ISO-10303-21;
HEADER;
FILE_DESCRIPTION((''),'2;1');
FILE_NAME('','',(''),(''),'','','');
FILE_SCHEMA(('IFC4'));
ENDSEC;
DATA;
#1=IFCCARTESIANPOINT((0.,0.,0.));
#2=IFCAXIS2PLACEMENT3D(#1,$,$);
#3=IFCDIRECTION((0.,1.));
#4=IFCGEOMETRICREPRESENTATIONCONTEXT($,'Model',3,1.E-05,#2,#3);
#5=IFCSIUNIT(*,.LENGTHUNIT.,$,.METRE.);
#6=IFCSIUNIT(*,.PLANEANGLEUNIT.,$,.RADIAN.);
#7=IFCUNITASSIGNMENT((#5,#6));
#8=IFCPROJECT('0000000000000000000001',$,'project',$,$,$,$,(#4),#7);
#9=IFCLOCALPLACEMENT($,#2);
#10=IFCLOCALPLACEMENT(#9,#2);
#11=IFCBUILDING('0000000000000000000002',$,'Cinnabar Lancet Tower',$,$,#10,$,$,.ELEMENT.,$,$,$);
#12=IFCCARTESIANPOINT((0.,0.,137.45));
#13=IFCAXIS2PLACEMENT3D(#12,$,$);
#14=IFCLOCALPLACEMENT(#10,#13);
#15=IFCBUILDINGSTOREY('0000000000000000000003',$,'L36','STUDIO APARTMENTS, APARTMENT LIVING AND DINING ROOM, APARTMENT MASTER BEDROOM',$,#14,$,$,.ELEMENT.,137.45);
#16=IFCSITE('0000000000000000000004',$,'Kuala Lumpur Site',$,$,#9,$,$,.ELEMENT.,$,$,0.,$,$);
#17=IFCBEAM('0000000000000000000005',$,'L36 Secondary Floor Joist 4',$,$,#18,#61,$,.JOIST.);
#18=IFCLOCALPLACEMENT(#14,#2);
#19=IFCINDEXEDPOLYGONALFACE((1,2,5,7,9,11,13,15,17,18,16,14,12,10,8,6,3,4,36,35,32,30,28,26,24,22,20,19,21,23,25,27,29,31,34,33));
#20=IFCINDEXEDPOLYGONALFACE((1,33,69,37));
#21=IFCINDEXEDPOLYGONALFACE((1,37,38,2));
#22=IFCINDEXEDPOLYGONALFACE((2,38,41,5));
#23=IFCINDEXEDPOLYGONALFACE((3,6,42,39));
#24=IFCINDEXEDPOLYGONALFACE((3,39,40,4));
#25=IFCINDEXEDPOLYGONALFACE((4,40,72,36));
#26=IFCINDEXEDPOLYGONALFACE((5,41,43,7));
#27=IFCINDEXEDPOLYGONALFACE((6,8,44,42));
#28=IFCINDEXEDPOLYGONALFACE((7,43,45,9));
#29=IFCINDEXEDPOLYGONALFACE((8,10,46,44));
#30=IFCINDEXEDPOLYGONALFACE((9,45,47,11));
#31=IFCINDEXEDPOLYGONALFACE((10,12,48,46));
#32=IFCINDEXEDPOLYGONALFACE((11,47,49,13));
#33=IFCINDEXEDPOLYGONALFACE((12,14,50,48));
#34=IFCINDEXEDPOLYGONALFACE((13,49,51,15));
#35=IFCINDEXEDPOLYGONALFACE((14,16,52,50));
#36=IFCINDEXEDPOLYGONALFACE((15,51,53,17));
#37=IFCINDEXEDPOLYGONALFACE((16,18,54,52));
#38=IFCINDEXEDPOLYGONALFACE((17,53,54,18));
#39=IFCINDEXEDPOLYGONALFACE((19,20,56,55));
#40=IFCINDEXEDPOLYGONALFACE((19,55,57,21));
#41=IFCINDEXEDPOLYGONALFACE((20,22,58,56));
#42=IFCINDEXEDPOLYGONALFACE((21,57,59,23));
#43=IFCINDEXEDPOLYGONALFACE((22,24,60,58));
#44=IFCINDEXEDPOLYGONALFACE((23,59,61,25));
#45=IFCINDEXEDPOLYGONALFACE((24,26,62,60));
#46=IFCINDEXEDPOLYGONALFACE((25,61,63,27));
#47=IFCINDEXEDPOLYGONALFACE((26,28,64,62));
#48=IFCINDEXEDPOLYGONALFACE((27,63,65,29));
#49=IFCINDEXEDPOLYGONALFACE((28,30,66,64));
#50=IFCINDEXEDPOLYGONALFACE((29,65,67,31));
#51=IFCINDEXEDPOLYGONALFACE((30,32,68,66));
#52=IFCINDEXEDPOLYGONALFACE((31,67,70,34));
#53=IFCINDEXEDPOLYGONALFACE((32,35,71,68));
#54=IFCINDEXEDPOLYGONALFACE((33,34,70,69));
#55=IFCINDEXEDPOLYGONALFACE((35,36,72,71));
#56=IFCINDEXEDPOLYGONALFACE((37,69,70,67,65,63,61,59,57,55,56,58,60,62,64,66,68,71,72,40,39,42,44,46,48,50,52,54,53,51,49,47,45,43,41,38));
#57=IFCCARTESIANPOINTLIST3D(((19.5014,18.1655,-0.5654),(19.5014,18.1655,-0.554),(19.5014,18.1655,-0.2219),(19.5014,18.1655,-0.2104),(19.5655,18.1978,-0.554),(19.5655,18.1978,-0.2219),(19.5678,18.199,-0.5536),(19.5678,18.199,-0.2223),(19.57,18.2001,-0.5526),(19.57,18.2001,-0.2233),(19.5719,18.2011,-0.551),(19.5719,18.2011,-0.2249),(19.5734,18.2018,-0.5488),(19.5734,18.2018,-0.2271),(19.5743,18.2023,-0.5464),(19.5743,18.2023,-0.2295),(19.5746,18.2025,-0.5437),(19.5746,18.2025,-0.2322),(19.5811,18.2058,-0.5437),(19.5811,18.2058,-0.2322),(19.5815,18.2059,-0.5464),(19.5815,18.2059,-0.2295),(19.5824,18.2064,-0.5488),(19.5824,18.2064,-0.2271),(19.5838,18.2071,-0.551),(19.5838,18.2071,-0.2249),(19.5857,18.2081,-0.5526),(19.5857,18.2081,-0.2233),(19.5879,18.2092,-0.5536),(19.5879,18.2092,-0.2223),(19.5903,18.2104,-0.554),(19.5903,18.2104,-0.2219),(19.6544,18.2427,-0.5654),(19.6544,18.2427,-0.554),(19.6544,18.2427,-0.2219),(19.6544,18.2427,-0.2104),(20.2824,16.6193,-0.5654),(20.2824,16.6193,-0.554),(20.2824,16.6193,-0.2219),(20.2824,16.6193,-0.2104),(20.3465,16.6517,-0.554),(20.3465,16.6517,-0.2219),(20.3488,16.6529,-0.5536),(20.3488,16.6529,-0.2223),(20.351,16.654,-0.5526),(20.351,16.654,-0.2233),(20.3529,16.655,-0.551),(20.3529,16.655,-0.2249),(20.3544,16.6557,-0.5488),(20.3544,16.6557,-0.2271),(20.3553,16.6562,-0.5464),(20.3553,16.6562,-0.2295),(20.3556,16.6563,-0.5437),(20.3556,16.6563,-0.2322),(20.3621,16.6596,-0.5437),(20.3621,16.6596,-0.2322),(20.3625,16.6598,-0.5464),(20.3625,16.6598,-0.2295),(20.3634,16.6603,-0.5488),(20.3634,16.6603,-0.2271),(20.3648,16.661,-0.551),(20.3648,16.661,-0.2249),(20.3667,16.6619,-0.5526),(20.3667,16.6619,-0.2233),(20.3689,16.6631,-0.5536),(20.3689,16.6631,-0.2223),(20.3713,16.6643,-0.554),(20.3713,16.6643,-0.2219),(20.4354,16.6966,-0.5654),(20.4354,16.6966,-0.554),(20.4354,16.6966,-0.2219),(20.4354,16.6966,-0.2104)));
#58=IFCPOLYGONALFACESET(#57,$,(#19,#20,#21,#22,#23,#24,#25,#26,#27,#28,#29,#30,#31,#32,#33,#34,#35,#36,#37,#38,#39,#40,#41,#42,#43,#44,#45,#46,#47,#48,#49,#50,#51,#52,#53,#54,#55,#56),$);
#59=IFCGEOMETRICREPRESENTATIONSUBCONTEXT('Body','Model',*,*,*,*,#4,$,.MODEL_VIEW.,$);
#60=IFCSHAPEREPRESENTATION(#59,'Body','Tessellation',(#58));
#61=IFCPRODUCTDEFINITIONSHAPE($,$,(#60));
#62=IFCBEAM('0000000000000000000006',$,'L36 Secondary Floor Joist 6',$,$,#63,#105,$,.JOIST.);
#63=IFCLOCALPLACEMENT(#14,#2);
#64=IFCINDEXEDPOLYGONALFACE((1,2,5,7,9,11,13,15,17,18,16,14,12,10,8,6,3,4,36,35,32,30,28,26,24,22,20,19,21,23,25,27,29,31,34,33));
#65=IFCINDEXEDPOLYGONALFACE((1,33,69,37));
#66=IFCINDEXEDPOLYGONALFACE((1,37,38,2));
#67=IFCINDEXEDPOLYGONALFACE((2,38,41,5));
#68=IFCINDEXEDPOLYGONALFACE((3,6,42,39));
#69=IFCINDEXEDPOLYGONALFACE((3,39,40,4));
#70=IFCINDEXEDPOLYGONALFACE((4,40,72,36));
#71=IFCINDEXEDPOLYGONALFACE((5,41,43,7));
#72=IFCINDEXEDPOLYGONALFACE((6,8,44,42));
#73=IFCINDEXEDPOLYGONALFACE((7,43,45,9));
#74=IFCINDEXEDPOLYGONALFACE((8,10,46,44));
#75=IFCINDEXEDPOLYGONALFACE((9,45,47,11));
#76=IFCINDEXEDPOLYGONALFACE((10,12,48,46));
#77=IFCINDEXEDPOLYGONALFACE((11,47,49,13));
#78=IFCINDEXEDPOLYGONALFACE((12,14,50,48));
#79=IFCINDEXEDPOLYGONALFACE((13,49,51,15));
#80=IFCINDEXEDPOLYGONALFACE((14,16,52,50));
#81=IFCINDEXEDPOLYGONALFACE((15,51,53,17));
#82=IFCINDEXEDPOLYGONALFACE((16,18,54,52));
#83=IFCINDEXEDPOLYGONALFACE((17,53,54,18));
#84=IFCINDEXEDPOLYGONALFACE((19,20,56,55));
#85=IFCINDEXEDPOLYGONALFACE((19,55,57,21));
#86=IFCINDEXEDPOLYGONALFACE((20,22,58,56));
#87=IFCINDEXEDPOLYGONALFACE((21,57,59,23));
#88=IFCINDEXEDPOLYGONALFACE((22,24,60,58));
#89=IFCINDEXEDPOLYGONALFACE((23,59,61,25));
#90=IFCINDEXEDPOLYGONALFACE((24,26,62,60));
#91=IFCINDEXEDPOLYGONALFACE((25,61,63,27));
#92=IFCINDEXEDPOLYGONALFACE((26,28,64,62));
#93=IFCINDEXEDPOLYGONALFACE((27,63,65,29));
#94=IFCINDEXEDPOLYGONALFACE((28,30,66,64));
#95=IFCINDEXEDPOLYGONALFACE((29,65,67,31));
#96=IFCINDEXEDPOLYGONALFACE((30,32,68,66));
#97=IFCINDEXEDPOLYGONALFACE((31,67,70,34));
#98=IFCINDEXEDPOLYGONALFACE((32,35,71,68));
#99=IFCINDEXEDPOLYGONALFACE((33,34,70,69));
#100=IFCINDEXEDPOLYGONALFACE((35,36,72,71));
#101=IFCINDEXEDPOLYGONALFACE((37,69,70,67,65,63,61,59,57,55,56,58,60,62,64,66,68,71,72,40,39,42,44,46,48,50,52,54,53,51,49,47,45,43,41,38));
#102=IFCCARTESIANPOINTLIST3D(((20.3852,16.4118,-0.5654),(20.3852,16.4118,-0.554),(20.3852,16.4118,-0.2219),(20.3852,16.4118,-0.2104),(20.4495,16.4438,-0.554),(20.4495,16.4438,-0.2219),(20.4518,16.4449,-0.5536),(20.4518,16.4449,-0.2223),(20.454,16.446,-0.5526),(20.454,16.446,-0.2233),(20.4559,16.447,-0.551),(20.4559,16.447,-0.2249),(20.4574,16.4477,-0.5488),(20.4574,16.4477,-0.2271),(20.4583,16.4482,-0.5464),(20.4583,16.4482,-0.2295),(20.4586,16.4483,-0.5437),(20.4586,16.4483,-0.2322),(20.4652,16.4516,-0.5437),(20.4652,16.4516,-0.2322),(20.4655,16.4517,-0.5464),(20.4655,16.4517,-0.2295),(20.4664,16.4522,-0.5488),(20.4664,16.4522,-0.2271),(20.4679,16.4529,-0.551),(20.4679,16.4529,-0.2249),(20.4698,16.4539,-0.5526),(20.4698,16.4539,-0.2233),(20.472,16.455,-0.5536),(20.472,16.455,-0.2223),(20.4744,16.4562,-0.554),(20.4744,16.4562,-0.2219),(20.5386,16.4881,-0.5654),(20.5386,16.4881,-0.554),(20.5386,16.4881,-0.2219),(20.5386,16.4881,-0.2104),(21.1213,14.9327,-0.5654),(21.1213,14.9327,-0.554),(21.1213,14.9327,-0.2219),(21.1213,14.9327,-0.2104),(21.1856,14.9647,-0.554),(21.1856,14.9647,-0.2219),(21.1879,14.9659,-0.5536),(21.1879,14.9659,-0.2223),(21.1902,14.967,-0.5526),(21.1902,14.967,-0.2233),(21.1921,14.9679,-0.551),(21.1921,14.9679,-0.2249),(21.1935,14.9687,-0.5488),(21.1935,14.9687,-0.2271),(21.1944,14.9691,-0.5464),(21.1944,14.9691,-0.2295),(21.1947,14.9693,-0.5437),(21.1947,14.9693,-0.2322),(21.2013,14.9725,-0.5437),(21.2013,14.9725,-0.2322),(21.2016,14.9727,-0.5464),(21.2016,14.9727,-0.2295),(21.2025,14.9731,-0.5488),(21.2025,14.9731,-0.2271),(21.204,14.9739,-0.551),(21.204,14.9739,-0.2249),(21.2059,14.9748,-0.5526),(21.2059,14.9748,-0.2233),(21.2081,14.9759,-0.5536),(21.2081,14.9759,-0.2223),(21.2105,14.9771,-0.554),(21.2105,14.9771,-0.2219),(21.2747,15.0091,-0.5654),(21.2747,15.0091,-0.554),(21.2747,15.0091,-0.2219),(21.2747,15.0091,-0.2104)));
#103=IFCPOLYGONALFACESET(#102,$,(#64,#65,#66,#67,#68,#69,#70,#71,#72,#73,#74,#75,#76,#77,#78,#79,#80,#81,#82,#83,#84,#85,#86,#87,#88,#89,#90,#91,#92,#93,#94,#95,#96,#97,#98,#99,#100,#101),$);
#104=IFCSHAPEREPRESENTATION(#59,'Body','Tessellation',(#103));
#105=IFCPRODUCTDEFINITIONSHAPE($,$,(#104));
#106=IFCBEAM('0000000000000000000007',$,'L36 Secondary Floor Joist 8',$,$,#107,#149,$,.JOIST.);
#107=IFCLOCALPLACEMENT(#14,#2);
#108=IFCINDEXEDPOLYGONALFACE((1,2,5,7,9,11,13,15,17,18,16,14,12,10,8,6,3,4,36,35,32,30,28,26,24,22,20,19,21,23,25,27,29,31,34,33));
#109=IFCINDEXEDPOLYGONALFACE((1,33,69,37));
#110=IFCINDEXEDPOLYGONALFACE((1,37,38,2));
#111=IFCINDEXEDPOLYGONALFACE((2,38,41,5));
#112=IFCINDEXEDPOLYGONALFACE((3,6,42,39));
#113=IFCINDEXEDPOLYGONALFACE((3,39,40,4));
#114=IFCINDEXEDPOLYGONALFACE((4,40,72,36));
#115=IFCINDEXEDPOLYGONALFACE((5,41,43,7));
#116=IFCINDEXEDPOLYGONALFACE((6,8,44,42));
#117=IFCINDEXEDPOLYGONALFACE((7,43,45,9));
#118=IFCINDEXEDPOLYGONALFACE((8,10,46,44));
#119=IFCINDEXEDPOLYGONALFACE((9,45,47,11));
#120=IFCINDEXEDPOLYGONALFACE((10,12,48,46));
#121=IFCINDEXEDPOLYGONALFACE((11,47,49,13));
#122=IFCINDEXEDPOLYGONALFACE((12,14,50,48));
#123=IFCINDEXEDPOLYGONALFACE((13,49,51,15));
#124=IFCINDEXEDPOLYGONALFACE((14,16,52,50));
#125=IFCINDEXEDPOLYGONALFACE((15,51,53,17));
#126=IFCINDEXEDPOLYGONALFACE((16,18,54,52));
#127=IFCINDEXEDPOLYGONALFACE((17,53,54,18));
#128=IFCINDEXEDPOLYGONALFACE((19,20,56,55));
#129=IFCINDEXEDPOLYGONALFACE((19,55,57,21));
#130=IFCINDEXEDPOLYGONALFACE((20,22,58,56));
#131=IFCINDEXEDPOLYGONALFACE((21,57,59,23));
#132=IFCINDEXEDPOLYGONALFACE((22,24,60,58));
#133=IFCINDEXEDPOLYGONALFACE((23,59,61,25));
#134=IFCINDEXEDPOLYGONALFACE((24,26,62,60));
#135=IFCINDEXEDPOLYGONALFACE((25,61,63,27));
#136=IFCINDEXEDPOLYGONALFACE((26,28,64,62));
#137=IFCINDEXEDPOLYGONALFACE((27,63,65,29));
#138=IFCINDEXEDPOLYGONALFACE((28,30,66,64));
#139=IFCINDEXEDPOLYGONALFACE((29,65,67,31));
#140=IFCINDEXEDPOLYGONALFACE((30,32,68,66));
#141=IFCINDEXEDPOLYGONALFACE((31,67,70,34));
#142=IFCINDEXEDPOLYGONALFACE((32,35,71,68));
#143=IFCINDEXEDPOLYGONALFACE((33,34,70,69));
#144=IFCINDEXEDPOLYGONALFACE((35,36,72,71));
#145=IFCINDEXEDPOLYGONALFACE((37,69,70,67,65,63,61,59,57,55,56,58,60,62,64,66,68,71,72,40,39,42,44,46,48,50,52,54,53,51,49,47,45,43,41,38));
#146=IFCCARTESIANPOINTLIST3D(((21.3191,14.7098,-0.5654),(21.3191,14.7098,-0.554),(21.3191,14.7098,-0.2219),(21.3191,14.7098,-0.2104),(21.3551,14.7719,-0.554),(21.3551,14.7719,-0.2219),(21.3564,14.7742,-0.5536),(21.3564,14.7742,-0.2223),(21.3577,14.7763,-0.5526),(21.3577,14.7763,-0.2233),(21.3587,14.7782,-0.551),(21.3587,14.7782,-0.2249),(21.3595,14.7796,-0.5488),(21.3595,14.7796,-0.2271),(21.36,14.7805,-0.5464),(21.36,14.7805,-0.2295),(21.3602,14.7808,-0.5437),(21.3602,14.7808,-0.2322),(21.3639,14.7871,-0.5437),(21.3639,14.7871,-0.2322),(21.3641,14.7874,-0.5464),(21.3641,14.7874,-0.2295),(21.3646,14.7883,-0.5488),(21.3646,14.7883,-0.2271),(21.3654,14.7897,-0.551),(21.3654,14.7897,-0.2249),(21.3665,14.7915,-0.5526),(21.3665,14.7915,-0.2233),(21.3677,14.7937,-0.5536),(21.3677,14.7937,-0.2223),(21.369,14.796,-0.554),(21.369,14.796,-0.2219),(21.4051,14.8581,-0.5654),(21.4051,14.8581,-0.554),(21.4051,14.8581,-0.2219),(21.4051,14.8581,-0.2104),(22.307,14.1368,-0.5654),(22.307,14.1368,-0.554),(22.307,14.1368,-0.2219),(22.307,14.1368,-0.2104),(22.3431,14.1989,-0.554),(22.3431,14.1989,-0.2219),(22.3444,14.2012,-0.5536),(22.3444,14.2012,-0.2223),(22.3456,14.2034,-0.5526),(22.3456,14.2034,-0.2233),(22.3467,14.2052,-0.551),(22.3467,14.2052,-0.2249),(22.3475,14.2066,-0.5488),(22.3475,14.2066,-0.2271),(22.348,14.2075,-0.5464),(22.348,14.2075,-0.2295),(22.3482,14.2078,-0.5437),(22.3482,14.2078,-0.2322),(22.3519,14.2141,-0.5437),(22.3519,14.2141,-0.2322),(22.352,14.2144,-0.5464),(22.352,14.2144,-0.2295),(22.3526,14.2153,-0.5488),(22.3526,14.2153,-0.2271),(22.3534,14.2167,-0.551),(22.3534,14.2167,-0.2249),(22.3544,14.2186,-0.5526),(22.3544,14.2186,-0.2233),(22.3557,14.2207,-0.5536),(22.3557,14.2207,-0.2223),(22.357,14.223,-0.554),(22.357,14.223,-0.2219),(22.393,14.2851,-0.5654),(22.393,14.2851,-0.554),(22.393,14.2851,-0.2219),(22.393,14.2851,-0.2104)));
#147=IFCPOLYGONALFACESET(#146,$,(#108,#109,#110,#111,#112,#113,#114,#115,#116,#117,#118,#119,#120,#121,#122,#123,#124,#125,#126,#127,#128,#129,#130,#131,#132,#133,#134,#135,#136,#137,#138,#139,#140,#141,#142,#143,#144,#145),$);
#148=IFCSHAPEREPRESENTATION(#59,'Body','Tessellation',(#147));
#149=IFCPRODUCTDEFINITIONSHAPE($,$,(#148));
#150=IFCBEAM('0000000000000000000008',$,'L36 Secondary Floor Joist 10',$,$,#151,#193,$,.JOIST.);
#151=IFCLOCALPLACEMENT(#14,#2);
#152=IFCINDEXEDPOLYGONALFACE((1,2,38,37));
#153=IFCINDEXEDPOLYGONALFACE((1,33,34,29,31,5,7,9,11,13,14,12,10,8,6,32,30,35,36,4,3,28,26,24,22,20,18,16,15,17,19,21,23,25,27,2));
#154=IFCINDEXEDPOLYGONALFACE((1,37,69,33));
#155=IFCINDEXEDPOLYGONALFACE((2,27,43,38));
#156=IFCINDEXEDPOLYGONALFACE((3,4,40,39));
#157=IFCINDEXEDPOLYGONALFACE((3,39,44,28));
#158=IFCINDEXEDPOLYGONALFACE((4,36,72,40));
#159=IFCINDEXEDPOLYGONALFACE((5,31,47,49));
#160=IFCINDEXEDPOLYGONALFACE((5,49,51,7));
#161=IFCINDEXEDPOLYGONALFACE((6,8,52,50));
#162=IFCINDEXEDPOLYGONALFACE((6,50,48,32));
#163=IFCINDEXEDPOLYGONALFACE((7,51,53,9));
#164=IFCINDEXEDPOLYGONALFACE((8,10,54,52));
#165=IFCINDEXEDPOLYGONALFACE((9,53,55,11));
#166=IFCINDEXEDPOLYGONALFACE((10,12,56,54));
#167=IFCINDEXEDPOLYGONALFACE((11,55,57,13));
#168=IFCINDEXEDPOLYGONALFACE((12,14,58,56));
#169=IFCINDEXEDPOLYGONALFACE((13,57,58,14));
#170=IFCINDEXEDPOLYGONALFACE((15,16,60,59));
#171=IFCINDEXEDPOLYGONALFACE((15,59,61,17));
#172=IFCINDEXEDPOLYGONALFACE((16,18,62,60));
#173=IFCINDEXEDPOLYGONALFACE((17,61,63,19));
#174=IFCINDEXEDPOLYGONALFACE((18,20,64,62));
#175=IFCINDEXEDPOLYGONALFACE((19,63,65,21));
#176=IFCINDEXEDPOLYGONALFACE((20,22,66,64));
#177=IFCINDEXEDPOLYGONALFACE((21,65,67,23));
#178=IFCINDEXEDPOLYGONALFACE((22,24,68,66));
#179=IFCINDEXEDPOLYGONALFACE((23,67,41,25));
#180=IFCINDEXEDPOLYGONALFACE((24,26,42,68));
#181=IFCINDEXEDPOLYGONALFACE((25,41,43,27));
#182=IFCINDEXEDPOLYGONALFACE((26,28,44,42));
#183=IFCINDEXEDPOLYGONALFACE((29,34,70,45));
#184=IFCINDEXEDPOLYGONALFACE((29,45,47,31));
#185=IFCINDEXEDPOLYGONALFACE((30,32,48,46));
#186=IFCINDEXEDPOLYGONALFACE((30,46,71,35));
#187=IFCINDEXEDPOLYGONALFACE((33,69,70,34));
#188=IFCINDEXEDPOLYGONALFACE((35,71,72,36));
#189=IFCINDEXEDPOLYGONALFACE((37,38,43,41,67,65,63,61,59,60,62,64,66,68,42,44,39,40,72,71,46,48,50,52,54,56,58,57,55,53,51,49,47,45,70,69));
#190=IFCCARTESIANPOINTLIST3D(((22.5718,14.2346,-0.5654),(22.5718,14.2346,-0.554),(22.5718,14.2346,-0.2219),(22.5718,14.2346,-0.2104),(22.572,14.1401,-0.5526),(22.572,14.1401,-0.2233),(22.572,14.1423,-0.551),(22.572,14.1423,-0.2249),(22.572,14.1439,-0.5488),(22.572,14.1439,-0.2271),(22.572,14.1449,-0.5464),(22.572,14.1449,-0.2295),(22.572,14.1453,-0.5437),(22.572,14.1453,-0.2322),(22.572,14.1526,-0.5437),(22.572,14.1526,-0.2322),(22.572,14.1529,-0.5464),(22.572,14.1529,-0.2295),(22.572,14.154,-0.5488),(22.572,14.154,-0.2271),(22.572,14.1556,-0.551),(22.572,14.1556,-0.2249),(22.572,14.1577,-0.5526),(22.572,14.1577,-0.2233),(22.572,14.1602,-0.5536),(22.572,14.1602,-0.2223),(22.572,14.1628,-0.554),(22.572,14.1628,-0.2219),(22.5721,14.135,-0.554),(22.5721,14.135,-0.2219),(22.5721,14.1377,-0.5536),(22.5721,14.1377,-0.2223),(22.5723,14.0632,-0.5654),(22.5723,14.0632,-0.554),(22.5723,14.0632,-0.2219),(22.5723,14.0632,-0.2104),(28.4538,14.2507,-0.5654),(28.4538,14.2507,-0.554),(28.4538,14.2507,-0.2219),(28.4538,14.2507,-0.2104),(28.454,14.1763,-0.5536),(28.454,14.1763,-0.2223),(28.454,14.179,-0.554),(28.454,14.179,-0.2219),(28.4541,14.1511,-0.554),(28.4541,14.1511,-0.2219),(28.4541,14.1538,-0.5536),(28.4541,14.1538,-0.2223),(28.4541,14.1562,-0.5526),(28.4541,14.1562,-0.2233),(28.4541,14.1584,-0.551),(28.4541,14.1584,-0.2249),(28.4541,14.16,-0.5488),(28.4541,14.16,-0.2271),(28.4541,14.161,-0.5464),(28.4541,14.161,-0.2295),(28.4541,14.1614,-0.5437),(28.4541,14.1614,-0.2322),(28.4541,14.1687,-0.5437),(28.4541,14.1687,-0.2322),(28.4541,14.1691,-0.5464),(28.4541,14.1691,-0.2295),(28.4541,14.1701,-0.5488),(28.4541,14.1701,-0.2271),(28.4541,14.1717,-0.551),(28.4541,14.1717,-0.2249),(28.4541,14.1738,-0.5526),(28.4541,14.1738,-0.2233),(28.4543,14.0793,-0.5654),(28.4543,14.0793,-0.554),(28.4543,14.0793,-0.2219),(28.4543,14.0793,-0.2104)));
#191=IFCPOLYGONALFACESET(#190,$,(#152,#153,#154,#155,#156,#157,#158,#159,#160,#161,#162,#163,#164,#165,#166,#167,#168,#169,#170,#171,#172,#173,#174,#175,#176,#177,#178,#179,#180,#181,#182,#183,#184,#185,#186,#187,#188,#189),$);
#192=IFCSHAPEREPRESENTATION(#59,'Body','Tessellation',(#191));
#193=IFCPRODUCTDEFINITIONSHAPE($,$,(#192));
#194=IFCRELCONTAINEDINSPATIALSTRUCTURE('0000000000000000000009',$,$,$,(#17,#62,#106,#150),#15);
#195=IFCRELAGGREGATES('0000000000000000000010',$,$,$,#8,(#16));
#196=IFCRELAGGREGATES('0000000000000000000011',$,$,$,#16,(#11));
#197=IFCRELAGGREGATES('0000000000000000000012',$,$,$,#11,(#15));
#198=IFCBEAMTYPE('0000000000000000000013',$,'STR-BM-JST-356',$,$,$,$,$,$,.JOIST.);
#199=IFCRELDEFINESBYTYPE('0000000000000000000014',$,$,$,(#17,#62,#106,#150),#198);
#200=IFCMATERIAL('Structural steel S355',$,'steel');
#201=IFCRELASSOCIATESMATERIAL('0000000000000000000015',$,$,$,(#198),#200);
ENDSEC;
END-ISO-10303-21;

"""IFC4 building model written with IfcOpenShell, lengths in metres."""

from ifc_helpers import new_model, si_unit, direction, frame, origin, origin_2d, place, context, subcontext, project, spatial, i_section, extrude, material, material_profile, profile_set, type_object, element, save


model = new_model("IFC4")

# Units and contexts
model_context = context("Model", 3, precision=1e-05, world=origin(), true_north=direction((0.0, 1.0)))
body_context = subcontext(model_context, "Body", "Model", "MODEL_VIEW")
ifc_project = project(units=[si_unit("LENGTHUNIT", "METRE"), si_unit("PLANEANGLEUNIT", "RADIAN")], contexts=[model_context])

# Site, building, storey
site_placement = place(None, origin())
site = spatial("IfcSite", under=ifc_project, at=site_placement, Name="Kuala Lumpur Site", CompositionType="ELEMENT", RefElevation=0.0)
building_placement = place(site_placement, origin())
building = spatial("IfcBuilding", under=site, at=building_placement, Name="Cinnabar Lancet Tower", CompositionType="ELEMENT")
storey_placement = place(building_placement, frame((0.0, 0.0, 137.45)))
storey = spatial("IfcBuildingStorey", under=building, at=storey_placement, Name="L36", Description="STUDIO APARTMENTS, APARTMENT LIVING AND DINING ROOM, APARTMENT MASTER BEDROOM", CompositionType="ELEMENT", Elevation=137.45)

# Beams
ifc_material_1 = material(Name="Structural steel S355", Category="steel")
ifc_material_profile = material_profile(ifc_material_1, i_section(OverallWidth=0.1714, OverallDepth=0.355, WebThickness=0.0073, FlangeThickness=0.0115, FilletRadius=0.0103, at=origin_2d()), Name="UKB 356x171x51")
ifc_profile_set = profile_set([ifc_material_profile], Name="Structural steel S355")
beam_type = type_object("IfcBeamType", Name="STR-BM-JST-356", PredefinedType="JOIST", material=ifc_profile_set)
beam_1_placement = place(storey_placement, frame((19.5779, 18.2041, -0.3879), z_axis=(0.450874, -0.892587, 0.0), x_axis=(0.892587, 0.450874, 0.0)))
element("IfcBeam", 1, at=beam_1_placement, inside=storey, type_object=beam_type, Name="L36 Secondary Floor Joist 4", PredefinedType="JOIST", context=body_context, shape_type="SweptSolid", body=[
    extrude(i_section(OverallWidth=0.1714, OverallDepth=0.355, WebThickness=0.0073, FlangeThickness=0.0115, FilletRadius=0.0103, at=origin_2d()), origin(), (0.0, 0.0, 1.0), 1.7322),
])
beam_2_placement = place(storey_placement, frame((20.4619, 16.45, -0.3879), z_axis=(0.445558, -0.895253, 0.0), x_axis=(0.895253, 0.445558, 0.0)))
element("IfcBeam", 2, at=beam_2_placement, inside=storey, type_object=beam_type, Name="L36 Secondary Floor Joist 6", PredefinedType="JOIST", context=body_context, shape_type="SweptSolid", body=[
    extrude(i_section(OverallWidth=0.1714, OverallDepth=0.355, WebThickness=0.0073, FlangeThickness=0.0115, FilletRadius=0.0103, at=origin_2d()), origin(), (0.0, 0.0, 1.0), 1.6521),
])
beam_3_placement = place(storey_placement, frame((21.3621, 14.7839, -0.3879), z_axis=(0.865055, -0.501677, 0.0), x_axis=(0.501677, 0.865055, 0.0)))
element("IfcBeam", 3, at=beam_3_placement, inside=storey, type_object=beam_type, Name="L36 Secondary Floor Joist 8", PredefinedType="JOIST", context=body_context, shape_type="SweptSolid", body=[
    extrude(i_section(OverallWidth=0.1714, OverallDepth=0.355, WebThickness=0.0073, FlangeThickness=0.0115, FilletRadius=0.0103, at=origin_2d()), origin(), (0.0, 0.0, 1.0), 1.1421),
])
beam_4_placement = place(storey_placement, frame((22.572, 14.1489, -0.3879), z_axis=(0.999996, 0.002739, 0.0), x_axis=(-0.002739, 0.999996, 0.0)))
element("IfcBeam", 4, at=beam_4_placement, inside=storey, type_object=beam_type, Name="L36 Secondary Floor Joist 10", PredefinedType="JOIST", context=body_context, shape_type="SweptSolid", body=[
    extrude(i_section(OverallWidth=0.1714, OverallDepth=0.355, WebThickness=0.0073, FlangeThickness=0.0115, FilletRadius=0.0103, at=origin_2d()), origin(), (0.0, 0.0, 1.0), 5.8821),
])

save(model, "model.ifc")
